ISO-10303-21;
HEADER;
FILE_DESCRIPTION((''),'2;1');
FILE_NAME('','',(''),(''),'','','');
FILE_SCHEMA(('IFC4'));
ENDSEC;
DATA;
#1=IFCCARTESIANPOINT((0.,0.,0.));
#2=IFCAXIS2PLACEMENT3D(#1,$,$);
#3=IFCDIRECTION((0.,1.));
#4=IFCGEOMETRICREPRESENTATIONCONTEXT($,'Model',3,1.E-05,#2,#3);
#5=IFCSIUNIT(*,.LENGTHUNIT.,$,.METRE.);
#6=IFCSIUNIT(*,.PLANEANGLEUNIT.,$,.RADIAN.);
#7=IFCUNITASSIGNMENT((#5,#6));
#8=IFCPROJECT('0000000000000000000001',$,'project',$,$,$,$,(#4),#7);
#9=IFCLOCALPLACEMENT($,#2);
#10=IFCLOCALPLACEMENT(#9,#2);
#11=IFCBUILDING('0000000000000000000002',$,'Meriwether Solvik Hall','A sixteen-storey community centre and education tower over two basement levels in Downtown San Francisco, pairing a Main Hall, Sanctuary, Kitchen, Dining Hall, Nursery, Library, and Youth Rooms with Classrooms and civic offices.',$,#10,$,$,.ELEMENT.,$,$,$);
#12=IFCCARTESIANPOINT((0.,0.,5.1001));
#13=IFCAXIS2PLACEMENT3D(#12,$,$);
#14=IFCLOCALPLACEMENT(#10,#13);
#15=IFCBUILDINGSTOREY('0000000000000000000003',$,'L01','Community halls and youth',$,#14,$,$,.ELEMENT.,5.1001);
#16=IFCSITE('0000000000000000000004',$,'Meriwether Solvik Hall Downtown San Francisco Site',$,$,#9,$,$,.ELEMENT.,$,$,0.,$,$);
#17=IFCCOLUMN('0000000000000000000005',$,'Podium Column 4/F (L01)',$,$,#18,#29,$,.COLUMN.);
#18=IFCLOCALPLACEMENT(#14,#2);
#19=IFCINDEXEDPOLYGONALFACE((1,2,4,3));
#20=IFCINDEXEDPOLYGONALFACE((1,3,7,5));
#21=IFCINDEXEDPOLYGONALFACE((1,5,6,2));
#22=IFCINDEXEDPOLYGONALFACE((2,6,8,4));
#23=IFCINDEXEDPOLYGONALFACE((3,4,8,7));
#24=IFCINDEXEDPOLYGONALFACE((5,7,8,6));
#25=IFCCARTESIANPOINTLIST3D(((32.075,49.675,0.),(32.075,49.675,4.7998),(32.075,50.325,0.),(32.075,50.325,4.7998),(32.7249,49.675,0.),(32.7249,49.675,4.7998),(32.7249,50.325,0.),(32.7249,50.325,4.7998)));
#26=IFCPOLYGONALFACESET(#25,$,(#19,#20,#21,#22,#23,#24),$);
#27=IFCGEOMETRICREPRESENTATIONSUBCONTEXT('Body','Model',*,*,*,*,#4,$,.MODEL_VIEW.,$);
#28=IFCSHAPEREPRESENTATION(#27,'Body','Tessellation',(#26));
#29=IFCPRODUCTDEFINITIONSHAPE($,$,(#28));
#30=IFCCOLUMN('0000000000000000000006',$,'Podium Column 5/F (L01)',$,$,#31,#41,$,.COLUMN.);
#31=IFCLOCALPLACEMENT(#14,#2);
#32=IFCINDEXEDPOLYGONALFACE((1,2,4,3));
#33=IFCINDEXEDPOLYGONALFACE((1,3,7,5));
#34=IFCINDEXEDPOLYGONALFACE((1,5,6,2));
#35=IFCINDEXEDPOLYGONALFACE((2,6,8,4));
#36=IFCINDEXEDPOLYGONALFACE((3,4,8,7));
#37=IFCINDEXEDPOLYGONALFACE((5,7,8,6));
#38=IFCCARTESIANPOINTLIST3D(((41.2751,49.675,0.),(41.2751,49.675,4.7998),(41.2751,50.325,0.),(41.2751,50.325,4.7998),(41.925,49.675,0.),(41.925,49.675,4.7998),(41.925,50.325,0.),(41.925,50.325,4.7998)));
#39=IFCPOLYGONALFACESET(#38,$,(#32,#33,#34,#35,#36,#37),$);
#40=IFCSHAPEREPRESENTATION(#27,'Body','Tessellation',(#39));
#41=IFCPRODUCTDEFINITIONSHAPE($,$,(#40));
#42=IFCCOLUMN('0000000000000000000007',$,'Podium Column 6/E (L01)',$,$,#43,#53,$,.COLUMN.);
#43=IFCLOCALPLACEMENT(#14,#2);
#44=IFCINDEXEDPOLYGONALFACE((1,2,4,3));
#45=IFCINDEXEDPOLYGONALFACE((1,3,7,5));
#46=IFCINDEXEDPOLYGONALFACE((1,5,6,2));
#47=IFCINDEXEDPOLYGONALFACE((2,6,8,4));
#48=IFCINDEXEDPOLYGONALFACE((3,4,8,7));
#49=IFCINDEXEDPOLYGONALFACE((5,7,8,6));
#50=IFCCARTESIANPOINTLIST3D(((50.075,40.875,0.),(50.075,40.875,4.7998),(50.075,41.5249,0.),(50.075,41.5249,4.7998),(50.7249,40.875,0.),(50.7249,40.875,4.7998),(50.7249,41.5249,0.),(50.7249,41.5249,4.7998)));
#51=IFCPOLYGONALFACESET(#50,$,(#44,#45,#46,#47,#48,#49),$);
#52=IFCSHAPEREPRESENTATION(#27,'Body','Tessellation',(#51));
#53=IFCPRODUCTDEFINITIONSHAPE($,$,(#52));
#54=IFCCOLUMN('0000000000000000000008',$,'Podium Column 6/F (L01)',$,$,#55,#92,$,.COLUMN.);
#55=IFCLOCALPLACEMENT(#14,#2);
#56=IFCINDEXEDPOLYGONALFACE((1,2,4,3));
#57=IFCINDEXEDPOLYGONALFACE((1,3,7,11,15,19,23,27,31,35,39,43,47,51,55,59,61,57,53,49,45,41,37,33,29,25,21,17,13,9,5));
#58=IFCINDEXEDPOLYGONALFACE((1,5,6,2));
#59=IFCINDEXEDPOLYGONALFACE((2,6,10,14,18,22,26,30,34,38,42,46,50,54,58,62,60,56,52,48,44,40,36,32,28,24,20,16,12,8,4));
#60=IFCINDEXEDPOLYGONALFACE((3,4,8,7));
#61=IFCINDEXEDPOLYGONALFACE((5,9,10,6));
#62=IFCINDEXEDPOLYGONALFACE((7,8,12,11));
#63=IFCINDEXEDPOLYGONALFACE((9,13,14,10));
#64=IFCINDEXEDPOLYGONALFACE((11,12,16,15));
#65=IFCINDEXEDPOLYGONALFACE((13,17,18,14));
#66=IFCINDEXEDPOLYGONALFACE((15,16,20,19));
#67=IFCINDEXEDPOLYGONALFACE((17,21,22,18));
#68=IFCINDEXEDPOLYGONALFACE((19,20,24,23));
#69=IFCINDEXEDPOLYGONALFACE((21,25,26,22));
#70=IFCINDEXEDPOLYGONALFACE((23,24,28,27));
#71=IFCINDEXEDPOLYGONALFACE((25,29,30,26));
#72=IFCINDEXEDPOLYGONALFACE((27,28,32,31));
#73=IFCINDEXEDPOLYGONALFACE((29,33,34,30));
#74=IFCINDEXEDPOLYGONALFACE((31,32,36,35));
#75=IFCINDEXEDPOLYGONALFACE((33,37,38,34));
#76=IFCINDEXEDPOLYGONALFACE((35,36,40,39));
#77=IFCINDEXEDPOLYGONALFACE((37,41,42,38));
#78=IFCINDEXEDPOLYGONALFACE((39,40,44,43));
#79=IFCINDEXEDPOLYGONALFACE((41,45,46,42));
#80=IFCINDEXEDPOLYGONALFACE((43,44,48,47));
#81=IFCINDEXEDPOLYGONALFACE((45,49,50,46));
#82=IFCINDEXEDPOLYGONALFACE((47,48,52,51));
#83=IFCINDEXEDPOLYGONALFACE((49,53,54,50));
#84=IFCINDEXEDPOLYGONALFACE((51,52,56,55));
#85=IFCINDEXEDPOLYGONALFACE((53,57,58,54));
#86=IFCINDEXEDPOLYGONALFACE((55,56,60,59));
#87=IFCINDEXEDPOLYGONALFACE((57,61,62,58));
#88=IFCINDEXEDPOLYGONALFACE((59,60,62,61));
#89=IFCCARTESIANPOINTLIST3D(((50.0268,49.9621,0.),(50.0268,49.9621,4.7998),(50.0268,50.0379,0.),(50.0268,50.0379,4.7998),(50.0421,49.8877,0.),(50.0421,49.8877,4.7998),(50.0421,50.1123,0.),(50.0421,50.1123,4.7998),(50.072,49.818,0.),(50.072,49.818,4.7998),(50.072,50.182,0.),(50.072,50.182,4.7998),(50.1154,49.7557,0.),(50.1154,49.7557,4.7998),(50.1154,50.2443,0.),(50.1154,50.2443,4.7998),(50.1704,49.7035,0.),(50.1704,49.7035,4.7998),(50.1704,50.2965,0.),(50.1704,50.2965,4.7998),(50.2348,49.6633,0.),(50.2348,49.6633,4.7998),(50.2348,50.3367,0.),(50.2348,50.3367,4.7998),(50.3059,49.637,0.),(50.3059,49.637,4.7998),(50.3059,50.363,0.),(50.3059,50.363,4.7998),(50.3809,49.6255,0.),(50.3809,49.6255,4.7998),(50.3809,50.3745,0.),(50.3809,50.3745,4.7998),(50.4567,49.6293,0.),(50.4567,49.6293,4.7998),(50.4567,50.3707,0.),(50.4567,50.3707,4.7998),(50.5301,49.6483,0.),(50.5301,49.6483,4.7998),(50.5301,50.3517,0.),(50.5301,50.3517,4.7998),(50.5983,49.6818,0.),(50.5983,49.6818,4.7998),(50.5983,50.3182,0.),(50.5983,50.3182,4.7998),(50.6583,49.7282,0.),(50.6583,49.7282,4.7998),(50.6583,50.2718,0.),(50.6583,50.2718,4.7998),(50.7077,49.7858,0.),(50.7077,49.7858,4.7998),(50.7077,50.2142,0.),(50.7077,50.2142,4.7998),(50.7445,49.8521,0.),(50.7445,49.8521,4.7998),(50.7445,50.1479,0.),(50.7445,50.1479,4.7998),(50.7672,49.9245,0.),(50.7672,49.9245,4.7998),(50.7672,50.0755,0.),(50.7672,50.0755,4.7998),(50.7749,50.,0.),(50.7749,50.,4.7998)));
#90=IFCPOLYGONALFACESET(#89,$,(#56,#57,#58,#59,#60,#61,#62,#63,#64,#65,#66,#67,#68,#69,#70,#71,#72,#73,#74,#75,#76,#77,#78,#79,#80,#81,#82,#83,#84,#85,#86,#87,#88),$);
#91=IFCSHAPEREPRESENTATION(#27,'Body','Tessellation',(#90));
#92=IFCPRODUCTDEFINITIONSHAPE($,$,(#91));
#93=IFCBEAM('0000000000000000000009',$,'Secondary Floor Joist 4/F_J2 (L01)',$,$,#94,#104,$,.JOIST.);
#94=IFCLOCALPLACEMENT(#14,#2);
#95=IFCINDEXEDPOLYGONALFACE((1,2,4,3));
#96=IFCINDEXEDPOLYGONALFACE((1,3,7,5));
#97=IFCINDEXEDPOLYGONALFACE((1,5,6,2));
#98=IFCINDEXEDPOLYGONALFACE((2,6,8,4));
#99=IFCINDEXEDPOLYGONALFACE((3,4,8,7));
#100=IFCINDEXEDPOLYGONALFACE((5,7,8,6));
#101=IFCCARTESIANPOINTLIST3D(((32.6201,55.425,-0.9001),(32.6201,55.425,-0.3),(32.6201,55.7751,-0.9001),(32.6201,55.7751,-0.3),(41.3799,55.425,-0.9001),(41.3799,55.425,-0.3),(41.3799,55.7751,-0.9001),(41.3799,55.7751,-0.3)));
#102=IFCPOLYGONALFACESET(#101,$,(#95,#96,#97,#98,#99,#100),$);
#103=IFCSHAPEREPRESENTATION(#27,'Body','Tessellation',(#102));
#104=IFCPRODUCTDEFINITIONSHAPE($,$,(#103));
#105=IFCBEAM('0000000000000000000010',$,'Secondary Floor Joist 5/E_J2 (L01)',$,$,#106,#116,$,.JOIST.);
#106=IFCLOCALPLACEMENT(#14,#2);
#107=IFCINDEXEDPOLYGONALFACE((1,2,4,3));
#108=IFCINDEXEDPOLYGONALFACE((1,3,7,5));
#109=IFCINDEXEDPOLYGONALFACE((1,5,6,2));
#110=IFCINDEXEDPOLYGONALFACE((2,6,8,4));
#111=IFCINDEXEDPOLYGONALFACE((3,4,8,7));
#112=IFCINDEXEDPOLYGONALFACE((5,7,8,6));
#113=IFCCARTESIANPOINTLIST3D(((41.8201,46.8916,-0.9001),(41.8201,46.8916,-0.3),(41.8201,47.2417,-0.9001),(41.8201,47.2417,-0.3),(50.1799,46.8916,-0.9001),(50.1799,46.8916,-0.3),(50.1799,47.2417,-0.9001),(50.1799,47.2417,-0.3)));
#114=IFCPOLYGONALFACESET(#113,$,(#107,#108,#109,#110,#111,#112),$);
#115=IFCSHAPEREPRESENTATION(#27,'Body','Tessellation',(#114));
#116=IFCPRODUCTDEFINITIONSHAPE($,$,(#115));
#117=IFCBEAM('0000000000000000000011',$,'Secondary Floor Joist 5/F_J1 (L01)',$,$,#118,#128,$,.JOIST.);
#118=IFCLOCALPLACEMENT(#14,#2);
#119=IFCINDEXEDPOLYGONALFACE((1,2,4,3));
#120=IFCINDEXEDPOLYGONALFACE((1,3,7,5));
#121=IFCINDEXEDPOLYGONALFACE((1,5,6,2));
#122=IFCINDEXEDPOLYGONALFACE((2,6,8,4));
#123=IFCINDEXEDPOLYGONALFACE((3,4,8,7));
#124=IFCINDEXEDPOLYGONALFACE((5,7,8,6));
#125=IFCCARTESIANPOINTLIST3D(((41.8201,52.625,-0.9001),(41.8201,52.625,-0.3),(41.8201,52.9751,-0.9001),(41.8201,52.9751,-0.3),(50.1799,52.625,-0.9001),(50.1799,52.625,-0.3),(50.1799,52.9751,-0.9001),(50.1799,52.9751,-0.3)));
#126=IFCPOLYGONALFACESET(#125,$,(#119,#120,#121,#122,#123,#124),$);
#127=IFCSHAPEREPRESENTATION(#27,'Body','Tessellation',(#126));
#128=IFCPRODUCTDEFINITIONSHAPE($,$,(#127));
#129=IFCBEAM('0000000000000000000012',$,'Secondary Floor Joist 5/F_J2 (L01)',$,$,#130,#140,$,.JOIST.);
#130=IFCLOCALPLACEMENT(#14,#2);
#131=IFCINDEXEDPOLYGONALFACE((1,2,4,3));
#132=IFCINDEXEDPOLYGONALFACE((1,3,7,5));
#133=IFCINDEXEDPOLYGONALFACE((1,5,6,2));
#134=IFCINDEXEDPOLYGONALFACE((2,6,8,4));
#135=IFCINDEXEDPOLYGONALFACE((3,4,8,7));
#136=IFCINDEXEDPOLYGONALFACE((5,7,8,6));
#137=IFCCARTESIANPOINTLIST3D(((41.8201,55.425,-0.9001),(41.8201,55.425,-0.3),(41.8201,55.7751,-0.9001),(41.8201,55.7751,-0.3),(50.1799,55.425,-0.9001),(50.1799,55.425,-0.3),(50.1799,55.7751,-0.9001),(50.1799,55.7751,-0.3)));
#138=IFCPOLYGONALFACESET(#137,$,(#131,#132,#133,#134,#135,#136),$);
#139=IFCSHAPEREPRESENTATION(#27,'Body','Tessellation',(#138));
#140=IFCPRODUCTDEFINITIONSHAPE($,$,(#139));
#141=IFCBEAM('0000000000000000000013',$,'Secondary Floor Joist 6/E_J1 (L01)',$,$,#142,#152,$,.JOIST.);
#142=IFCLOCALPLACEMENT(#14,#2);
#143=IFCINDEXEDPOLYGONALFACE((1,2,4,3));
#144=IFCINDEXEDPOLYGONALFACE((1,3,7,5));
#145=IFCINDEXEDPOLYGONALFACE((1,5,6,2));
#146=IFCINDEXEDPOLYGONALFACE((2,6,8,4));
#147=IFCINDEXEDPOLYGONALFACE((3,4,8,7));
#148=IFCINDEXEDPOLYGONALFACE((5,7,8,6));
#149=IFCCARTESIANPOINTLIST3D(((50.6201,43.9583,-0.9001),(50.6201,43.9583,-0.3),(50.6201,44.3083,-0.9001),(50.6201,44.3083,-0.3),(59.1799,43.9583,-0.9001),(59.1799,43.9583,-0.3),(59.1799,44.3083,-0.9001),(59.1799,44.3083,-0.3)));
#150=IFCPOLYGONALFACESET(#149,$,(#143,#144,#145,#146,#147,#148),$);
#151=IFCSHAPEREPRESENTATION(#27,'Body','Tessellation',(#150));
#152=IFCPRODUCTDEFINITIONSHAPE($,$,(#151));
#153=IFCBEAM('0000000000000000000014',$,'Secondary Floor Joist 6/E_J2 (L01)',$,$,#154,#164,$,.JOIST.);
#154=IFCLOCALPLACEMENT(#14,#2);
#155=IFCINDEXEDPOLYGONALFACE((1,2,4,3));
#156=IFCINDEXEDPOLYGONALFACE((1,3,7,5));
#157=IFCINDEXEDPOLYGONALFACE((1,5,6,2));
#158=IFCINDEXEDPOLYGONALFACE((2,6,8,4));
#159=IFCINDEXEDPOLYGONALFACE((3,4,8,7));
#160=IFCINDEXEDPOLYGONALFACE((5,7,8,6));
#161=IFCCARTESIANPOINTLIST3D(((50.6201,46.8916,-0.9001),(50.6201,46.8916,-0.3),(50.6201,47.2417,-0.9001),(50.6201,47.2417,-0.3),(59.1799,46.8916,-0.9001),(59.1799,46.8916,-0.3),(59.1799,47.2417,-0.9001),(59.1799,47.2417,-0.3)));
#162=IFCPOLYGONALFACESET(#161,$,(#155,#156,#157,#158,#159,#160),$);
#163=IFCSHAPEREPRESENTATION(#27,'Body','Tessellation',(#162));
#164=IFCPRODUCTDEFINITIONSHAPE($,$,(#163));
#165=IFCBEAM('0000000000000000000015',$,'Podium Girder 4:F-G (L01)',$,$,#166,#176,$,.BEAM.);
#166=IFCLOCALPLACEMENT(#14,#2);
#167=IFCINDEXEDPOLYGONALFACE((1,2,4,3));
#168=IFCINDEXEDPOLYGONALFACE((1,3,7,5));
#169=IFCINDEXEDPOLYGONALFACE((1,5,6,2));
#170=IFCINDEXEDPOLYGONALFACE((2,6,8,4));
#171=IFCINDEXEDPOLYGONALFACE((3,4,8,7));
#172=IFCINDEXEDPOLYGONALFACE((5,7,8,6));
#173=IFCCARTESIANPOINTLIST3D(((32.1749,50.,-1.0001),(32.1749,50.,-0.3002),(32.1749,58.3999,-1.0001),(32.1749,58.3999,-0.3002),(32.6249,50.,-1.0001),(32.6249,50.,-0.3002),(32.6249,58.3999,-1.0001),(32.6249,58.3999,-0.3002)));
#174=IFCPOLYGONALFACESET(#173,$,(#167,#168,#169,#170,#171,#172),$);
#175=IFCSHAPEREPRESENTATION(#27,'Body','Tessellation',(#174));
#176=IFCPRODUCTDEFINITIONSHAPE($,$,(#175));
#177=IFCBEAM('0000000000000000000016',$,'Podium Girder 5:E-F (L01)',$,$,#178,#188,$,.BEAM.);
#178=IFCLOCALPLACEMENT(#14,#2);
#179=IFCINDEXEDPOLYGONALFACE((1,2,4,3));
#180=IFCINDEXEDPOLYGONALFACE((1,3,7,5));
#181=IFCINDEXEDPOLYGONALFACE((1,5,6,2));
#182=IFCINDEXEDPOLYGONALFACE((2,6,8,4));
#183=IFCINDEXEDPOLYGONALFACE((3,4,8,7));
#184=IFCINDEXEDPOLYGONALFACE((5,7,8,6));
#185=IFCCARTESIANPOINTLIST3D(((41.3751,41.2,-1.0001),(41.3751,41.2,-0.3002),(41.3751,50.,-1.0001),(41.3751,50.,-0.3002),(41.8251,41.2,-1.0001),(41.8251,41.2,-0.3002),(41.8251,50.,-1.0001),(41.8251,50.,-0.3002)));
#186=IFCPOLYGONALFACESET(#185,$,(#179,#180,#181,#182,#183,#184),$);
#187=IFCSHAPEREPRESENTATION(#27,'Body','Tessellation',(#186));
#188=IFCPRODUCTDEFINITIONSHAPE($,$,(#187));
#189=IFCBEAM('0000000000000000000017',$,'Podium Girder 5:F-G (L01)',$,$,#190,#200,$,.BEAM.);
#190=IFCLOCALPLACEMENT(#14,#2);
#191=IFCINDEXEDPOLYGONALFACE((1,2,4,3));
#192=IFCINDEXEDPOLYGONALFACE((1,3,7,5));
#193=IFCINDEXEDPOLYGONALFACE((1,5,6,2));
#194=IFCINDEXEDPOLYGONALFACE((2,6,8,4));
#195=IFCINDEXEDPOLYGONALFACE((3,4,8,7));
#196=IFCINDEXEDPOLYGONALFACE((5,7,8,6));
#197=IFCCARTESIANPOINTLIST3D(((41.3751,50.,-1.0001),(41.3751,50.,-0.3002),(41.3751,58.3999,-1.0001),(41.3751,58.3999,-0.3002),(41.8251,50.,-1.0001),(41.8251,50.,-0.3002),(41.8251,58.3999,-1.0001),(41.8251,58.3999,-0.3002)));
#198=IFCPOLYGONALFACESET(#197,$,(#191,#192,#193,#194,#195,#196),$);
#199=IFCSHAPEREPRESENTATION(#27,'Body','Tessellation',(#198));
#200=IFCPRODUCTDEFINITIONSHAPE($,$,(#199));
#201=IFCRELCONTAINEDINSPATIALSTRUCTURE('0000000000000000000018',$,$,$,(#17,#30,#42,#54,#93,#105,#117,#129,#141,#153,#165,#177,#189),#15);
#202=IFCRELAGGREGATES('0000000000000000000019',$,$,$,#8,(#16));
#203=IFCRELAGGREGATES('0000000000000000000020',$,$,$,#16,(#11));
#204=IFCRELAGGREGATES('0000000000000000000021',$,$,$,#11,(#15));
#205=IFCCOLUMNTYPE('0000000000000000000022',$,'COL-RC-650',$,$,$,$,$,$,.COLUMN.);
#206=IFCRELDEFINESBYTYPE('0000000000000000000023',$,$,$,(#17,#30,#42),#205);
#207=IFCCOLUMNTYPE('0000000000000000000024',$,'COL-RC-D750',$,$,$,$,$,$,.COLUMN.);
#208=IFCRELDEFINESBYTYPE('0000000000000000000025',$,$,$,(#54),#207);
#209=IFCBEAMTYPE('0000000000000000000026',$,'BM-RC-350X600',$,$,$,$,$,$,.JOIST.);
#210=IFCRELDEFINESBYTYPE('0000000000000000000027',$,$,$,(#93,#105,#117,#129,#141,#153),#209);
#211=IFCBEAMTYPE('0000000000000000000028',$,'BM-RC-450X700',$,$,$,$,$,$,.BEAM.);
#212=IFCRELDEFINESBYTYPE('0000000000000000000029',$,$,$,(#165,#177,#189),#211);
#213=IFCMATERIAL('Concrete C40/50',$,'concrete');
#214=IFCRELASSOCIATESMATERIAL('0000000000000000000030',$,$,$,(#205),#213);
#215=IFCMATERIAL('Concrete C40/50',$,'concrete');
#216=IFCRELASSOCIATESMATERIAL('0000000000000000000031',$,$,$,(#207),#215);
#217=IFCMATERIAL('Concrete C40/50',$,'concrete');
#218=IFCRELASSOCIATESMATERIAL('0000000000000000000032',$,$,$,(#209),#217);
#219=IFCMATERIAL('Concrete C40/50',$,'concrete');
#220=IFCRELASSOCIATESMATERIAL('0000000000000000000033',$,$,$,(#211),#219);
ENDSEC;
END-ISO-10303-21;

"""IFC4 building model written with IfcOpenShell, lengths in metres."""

from ifc_helpers import new_model, si_unit, direction, frame, origin, origin_2d, place, context, subcontext, project, spatial, rectangle, circle, extrude, material, material_profile, profile_set, type_object, element, save


model = new_model("IFC4")

# Units and contexts
model_context = context("Model", 3, precision=1e-05, world=origin(), true_north=direction((0.0, 1.0)))
body_context = subcontext(model_context, "Body", "Model", "MODEL_VIEW")
ifc_project = project(units=[si_unit("LENGTHUNIT", "METRE"), si_unit("PLANEANGLEUNIT", "RADIAN")], contexts=[model_context])

# Site, building, storey
site_placement = place(None, origin())
site = spatial("IfcSite", under=ifc_project, at=site_placement, Name="Meriwether Solvik Hall Downtown San Francisco Site", CompositionType="ELEMENT", RefElevation=0.0)
building_placement = place(site_placement, origin())
building = spatial("IfcBuilding", under=site, at=building_placement, Name="Meriwether Solvik Hall", Description="A sixteen-storey community centre and education tower over two basement levels in Downtown San Francisco, pairing a Main Hall, Sanctuary, Kitchen, Dining Hall, Nursery, Library, and Youth Rooms with Classrooms and civic offices.", CompositionType="ELEMENT")
storey_placement = place(building_placement, frame((0.0, 0.0, 5.1001)))
storey = spatial("IfcBuildingStorey", under=building, at=storey_placement, Name="L01", Description="Community halls and youth", CompositionType="ELEMENT", Elevation=5.1001)

# Columns
ifc_material_1 = material(Name="Concrete C40/50", Category="concrete")
ifc_material_profile_1 = material_profile(ifc_material_1, rectangle(XDim=0.6499, YDim=0.6499, at=origin_2d()), Name="RCC-650X650")
ifc_profile_set_1 = profile_set([ifc_material_profile_1], Name="Concrete C40/50")
column_type_1 = type_object("IfcColumnType", Name="COL-RC-650", PredefinedType="COLUMN", material=ifc_profile_set_1)
for number, where, z_axis, x_axis, name in (
    (1, (32.3999, 50.0, 0.0), (0.0, 0.0, 1.0), (1.0, 0.0, 0.0), "Podium Column 4/F (L01)"),
    (2, (41.6001, 50.0, 0.0), (0.0, 0.0, 1.0), (1.0, 0.0, 0.0), "Podium Column 5/F (L01)"),
    (3, (50.3999, 41.2, 0.0), (0.0, 0.0, 1.0), (1.0, 0.0, 0.0), "Podium Column 6/E (L01)"),
):
    element("IfcColumn", number, at=place(storey_placement, frame(where, z_axis=z_axis, x_axis=x_axis)), inside=storey, type_object=column_type_1, Name=name, PredefinedType="COLUMN", context=body_context, shape_type="SweptSolid", body=[
        extrude(rectangle(XDim=0.6499, YDim=0.6499, at=origin_2d()), origin(), (0.0, 0.0, 1.0), 4.7998),
    ])
ifc_material_2 = material(Name="Concrete C40/50", Category="concrete")
ifc_material_profile_2 = material_profile(ifc_material_2, circle(Radius=0.375, at=origin_2d()), Name="RCC-D750")
ifc_profile_set_2 = profile_set([ifc_material_profile_2], Name="Concrete C40/50")
column_type_2 = type_object("IfcColumnType", Name="COL-RC-D750", PredefinedType="COLUMN", material=ifc_profile_set_2)
column_placement = place(storey_placement, frame((50.3999, 50.0, 0.0), z_axis=(0.0, 0.0, 1.0), x_axis=(1.0, 0.0, 0.0)))
element("IfcColumn", 4, at=column_placement, inside=storey, type_object=column_type_2, Name="Podium Column 6/F (L01)", PredefinedType="COLUMN", context=body_context, shape_type="SweptSolid", body=[
    extrude(circle(Radius=0.375, at=origin_2d()), origin(), (0.0, 0.0, 1.0), 4.7998),
])

# Beams
ifc_material_3 = material(Name="Concrete C40/50", Category="concrete")
ifc_material_profile_3 = material_profile(ifc_material_3, rectangle(XDim=0.3501, YDim=0.6001, at=origin_2d()), Name="RCB-350X600")
ifc_profile_set_3 = profile_set([ifc_material_profile_3], Name="Concrete C40/50")
beam_type_1 = type_object("IfcBeamType", Name="BM-RC-350X600", PredefinedType="JOIST", material=ifc_profile_set_3)
beam_1_placement = place(storey_placement, frame((32.6201, 55.6001, -0.6001), z_axis=(1.0, 0.0, 0.0), x_axis=(0.0, 1.0, 0.0)))
element("IfcBeam", 5, at=beam_1_placement, inside=storey, type_object=beam_type_1, Name="Secondary Floor Joist 4/F_J2 (L01)", PredefinedType="JOIST", context=body_context, shape_type="SweptSolid", body=[
    extrude(rectangle(XDim=0.3501, YDim=0.6001, at=origin_2d()), origin(), (0.0, 0.0, 1.0), 8.7598),
])
for number, where, z_axis, x_axis, name in (
    (6, (41.8201, 47.0667, -0.6001), (1.0, 0.0, 0.0), (0.0, 1.0, 0.0), "Secondary Floor Joist 5/E_J2 (L01)"),
    (7, (41.8201, 52.8, -0.6001), (1.0, 0.0, 0.0), (0.0, 1.0, 0.0), "Secondary Floor Joist 5/F_J1 (L01)"),
    (8, (41.8201, 55.6001, -0.6001), (1.0, 0.0, 0.0), (0.0, 1.0, 0.0), "Secondary Floor Joist 5/F_J2 (L01)"),
):
    element("IfcBeam", number, at=place(storey_placement, frame(where, z_axis=z_axis, x_axis=x_axis)), inside=storey, type_object=beam_type_1, Name=name, PredefinedType="JOIST", context=body_context, shape_type="SweptSolid", body=[
        extrude(rectangle(XDim=0.3501, YDim=0.6001, at=origin_2d()), origin(), (0.0, 0.0, 1.0), 8.3599),
    ])
for number, where, z_axis, x_axis, name in (
    (9, (50.6201, 44.1333, -0.6001), (1.0, 0.0, 0.0), (0.0, 1.0, 0.0), "Secondary Floor Joist 6/E_J1 (L01)"),
    (10, (50.6201, 47.0667, -0.6001), (1.0, 0.0, 0.0), (0.0, 1.0, 0.0), "Secondary Floor Joist 6/E_J2 (L01)"),
):
    element("IfcBeam", number, at=place(storey_placement, frame(where, z_axis=z_axis, x_axis=x_axis)), inside=storey, type_object=beam_type_1, Name=name, PredefinedType="JOIST", context=body_context, shape_type="SweptSolid", body=[
        extrude(rectangle(XDim=0.3501, YDim=0.6001, at=origin_2d()), origin(), (0.0, 0.0, 1.0), 8.5598),
    ])
ifc_material_4 = material(Name="Concrete C40/50", Category="concrete")
ifc_material_profile_4 = material_profile(ifc_material_4, rectangle(XDim=0.45, YDim=0.7, at=origin_2d()), Name="RCB-450X700")
ifc_profile_set_4 = profile_set([ifc_material_profile_4], Name="Concrete C40/50")
beam_type_2 = type_object("IfcBeamType", Name="BM-RC-450X700", PredefinedType="BEAM", material=ifc_profile_set_4)
beam_2_placement = place(storey_placement, frame((32.3999, 50.0, -0.6501), z_axis=(0.0, 1.0, 0.0), x_axis=(-1.0, 0.0, 0.0)))
element("IfcBeam", 11, at=beam_2_placement, inside=storey, type_object=beam_type_2, Name="Podium Girder 4:F-G (L01)", PredefinedType="BEAM", context=body_context, shape_type="SweptSolid", body=[
    extrude(rectangle(XDim=0.45, YDim=0.7, at=origin_2d()), origin(), (0.0, 0.0, 1.0), 8.3999),
])
beam_3_placement = place(storey_placement, frame((41.6001, 41.2, -0.6501), z_axis=(0.0, 1.0, 0.0), x_axis=(-1.0, 0.0, 0.0)))
element("IfcBeam", 12, at=beam_3_placement, inside=storey, type_object=beam_type_2, Name="Podium Girder 5:E-F (L01)", PredefinedType="BEAM", context=body_context, shape_type="SweptSolid", body=[
    extrude(rectangle(XDim=0.45, YDim=0.7, at=origin_2d()), origin(), (0.0, 0.0, 1.0), 8.8),
])
beam_4_placement = place(storey_placement, frame((41.6001, 50.0, -0.6501), z_axis=(0.0, 1.0, 0.0), x_axis=(-1.0, 0.0, 0.0)))
element("IfcBeam", 13, at=beam_4_placement, inside=storey, type_object=beam_type_2, Name="Podium Girder 5:F-G (L01)", PredefinedType="BEAM", context=body_context, shape_type="SweptSolid", body=[
    extrude(rectangle(XDim=0.45, YDim=0.7, at=origin_2d()), origin(), (0.0, 0.0, 1.0), 8.3999),
])

save(model, "model.ifc")
